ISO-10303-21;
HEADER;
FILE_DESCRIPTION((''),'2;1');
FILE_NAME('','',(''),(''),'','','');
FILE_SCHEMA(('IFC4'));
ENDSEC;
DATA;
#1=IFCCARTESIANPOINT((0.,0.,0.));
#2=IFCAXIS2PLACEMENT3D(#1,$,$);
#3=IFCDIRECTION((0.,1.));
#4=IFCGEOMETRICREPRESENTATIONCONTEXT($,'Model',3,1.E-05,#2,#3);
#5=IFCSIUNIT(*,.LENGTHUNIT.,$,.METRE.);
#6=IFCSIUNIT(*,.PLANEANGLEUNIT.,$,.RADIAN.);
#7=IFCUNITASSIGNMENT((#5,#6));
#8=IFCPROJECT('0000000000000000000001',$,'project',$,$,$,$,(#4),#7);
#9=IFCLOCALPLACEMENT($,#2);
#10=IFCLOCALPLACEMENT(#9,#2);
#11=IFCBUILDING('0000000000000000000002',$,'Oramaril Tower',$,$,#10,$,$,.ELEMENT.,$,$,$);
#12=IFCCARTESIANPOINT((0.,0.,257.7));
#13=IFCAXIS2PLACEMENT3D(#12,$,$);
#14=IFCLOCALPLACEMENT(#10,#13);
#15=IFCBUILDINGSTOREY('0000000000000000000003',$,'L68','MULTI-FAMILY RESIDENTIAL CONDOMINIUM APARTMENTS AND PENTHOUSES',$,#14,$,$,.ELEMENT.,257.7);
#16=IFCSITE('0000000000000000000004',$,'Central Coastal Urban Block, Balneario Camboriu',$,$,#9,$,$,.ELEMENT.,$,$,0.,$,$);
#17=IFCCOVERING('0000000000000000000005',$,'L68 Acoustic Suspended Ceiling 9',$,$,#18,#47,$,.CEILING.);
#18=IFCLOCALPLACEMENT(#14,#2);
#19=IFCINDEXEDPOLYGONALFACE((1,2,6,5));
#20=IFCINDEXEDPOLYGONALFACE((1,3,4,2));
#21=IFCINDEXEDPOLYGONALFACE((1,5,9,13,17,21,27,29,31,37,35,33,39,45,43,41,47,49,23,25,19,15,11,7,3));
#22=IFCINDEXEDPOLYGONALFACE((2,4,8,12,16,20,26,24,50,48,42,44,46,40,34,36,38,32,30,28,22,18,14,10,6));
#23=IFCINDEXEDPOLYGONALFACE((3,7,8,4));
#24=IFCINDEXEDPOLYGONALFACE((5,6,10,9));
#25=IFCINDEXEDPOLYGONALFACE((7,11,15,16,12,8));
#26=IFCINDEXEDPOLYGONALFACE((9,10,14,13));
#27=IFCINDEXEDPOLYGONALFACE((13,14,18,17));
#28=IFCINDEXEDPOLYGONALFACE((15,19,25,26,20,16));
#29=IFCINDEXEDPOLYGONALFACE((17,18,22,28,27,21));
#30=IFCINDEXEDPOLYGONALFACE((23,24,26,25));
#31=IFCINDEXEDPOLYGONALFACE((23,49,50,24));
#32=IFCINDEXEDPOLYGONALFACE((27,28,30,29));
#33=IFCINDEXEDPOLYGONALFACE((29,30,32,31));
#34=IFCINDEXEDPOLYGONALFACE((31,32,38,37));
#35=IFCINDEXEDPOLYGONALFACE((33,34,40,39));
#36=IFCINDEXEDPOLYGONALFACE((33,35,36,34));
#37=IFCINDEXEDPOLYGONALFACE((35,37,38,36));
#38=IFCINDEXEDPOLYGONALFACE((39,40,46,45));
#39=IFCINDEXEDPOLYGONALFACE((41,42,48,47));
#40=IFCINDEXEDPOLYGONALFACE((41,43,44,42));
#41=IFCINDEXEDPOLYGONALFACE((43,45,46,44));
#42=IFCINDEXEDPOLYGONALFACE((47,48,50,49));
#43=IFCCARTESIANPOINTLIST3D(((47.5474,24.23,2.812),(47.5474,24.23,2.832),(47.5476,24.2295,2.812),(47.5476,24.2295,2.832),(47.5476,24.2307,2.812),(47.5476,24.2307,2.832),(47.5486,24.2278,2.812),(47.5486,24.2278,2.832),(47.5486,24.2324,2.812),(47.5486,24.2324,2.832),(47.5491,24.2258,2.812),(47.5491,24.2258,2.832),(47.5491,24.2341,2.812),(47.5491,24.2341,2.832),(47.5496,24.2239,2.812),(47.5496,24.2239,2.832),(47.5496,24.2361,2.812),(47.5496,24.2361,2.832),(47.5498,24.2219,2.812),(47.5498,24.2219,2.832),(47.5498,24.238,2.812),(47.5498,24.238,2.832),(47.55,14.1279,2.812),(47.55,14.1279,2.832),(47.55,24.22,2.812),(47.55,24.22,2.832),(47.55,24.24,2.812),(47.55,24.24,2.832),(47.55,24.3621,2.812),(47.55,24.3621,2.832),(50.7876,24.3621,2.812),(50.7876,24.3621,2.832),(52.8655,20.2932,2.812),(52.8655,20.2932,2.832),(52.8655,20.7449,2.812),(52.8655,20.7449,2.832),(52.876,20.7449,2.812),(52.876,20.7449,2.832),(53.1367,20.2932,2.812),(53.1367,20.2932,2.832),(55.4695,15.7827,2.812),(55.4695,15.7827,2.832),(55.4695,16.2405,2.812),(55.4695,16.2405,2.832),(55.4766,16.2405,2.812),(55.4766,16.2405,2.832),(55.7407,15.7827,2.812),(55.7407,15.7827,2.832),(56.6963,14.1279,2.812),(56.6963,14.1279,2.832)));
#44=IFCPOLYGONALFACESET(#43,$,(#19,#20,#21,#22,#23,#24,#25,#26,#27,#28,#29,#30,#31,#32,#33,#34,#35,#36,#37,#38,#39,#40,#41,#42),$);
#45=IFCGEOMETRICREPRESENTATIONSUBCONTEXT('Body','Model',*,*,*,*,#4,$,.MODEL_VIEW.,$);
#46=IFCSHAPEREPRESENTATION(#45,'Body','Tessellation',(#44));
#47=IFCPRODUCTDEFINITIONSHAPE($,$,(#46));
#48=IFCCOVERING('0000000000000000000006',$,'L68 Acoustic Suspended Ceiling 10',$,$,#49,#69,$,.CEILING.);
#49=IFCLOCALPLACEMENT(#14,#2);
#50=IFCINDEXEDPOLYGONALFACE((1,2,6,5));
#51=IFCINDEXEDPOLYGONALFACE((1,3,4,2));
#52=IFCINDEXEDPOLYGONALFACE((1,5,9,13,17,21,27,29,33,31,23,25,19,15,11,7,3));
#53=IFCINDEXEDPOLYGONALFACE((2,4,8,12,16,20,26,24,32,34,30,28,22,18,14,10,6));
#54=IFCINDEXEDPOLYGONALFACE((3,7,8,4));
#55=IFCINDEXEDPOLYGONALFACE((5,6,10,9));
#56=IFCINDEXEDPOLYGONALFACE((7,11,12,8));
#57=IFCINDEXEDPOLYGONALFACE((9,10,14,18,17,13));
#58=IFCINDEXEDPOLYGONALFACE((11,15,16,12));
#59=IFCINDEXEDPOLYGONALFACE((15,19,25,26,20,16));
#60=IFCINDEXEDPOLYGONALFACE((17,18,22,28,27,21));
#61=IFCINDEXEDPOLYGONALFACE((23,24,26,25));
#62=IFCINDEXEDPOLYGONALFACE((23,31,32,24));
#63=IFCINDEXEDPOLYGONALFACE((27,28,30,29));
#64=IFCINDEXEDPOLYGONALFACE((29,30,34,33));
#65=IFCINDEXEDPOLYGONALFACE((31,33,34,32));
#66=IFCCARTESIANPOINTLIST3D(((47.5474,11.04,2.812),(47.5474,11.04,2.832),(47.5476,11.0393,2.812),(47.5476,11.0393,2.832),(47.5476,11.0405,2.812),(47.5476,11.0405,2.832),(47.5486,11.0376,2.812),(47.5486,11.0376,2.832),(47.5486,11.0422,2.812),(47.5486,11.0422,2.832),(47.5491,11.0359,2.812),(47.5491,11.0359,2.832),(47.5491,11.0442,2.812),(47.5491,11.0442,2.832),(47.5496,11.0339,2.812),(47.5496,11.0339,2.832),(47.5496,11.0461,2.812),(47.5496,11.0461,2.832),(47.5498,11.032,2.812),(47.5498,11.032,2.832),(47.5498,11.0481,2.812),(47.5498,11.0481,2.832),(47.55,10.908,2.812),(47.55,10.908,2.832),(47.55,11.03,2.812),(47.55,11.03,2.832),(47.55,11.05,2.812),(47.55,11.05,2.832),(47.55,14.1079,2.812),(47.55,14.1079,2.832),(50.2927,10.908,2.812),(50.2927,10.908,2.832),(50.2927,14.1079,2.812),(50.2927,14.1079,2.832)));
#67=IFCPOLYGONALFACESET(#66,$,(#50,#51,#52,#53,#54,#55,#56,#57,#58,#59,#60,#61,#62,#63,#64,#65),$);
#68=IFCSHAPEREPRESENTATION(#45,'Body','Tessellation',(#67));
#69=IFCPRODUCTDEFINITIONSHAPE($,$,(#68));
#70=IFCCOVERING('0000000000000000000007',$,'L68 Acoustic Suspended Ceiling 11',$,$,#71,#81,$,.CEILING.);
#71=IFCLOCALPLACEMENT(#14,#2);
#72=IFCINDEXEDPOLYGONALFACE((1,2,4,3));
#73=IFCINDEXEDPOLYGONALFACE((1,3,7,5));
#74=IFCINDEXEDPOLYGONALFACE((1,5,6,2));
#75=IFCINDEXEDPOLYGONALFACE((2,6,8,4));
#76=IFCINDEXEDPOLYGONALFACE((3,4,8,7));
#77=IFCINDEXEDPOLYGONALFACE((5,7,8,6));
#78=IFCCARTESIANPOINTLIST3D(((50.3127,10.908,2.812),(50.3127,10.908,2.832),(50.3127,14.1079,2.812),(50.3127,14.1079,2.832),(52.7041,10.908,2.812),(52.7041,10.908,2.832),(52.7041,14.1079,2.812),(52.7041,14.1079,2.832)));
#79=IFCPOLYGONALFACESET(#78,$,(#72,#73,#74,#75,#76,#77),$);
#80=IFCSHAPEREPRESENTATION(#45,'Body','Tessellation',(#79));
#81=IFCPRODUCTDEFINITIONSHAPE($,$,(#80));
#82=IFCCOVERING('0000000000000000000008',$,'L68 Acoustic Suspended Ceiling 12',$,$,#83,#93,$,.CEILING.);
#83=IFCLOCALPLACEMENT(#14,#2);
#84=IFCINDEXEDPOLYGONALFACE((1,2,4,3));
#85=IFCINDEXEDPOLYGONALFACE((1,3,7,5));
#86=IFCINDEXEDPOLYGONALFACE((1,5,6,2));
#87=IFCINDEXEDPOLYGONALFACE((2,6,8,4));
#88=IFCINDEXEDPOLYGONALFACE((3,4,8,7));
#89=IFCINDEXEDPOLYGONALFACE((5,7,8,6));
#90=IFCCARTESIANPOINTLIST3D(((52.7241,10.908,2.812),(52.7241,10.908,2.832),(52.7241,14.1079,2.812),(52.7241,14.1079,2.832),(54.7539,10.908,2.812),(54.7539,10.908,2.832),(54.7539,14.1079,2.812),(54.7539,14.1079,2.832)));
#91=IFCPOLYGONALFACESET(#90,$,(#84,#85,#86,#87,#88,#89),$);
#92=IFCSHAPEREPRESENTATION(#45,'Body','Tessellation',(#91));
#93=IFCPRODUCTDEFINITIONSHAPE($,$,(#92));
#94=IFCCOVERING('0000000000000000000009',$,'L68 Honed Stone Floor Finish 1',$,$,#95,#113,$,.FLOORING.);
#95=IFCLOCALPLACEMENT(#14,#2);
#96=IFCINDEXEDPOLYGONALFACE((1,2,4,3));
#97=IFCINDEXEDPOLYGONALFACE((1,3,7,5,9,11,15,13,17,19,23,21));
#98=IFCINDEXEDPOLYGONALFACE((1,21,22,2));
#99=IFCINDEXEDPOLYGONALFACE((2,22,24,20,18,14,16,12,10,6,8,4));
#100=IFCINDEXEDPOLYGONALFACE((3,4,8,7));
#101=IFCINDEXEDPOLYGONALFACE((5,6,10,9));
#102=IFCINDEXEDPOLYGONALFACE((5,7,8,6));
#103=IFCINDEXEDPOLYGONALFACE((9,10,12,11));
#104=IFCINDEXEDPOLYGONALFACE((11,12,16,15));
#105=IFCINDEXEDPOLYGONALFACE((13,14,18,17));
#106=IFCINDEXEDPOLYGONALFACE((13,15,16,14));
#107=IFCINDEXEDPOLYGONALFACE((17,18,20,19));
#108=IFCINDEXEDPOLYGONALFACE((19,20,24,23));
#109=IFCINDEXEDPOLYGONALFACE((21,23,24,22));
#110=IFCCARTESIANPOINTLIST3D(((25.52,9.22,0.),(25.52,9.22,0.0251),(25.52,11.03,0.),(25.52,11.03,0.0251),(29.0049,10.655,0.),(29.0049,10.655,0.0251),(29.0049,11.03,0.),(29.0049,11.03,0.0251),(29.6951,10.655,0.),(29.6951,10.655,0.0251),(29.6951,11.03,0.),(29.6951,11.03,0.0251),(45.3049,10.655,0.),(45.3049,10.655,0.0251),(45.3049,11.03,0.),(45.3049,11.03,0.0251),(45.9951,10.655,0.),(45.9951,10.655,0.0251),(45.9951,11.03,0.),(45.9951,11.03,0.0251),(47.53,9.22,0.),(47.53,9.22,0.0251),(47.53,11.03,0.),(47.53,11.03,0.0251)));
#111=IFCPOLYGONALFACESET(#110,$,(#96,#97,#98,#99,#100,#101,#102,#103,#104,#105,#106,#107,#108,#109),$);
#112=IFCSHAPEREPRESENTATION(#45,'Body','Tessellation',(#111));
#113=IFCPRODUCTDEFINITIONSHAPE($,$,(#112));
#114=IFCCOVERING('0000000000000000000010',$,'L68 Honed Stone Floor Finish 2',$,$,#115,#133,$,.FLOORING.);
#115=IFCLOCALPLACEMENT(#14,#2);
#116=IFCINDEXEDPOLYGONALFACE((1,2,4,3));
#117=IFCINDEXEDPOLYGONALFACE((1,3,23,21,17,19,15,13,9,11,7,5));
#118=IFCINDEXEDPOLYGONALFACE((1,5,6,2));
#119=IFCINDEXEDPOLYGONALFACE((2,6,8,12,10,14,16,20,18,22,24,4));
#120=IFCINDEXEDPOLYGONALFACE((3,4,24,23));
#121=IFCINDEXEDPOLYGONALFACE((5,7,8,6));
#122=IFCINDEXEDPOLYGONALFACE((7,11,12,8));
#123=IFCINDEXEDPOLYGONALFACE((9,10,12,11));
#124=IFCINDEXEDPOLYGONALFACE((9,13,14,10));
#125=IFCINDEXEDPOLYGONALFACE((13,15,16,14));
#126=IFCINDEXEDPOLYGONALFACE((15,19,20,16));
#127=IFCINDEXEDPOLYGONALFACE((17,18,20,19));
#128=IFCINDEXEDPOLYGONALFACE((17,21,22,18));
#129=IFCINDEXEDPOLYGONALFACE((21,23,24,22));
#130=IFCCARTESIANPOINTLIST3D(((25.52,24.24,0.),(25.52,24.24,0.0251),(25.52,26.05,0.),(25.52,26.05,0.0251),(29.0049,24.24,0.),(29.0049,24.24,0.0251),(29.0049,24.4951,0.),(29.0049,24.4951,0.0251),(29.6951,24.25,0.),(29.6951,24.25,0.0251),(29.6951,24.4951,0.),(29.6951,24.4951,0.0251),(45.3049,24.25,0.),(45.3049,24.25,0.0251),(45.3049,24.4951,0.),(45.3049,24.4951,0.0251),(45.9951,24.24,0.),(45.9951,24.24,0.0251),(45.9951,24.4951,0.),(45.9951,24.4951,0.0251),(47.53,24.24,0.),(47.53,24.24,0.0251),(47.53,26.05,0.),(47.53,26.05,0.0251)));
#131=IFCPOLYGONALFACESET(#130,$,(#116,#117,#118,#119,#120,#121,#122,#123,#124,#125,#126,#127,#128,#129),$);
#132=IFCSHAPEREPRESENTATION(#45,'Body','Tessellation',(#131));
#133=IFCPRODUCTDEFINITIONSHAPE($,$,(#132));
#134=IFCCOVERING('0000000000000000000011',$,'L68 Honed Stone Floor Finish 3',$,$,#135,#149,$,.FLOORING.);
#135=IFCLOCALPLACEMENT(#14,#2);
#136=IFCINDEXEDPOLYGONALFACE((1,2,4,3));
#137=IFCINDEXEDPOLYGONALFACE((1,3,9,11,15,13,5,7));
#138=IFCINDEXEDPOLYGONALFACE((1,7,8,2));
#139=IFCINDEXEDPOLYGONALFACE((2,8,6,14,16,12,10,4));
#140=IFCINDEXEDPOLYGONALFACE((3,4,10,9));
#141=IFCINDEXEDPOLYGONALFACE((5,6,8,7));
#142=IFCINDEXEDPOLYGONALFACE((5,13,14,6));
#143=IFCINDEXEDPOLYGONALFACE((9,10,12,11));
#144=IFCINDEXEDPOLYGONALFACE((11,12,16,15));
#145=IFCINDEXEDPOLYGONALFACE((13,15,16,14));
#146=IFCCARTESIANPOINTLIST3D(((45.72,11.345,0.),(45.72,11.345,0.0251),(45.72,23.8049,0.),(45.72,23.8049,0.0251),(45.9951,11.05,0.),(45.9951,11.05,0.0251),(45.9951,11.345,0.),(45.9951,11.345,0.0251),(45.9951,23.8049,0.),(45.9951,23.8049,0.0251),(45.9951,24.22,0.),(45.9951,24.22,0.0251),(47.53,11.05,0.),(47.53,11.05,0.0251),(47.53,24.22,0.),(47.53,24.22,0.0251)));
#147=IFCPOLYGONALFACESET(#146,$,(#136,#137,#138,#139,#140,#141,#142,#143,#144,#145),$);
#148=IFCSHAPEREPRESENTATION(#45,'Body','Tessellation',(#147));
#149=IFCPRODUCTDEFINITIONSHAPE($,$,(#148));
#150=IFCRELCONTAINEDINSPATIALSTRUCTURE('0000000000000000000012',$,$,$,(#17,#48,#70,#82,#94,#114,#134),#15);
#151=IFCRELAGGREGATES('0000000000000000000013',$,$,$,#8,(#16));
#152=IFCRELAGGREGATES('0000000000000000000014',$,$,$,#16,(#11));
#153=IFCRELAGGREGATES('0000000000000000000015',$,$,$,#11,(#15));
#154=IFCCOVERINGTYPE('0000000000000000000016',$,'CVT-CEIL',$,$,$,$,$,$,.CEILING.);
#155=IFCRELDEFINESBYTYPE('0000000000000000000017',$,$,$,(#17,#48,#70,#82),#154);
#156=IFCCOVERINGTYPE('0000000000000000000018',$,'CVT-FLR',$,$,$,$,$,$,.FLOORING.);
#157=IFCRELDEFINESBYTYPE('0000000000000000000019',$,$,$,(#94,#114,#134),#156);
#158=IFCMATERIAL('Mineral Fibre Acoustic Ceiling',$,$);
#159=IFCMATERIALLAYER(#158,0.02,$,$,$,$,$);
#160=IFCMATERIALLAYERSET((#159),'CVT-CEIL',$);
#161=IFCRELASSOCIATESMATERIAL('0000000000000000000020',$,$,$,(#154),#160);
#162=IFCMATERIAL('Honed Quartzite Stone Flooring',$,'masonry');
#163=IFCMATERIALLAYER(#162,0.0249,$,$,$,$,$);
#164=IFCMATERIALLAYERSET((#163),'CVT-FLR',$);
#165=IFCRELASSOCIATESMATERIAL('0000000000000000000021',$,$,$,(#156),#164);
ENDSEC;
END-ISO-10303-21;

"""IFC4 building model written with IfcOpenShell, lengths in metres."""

from ifc_helpers import new_model, si_unit, direction, frame, origin, place, context, subcontext, project, spatial, polyline, outline, extrude, material, layer, layer_set, type_object, element, save


model = new_model("IFC4")

# Units and contexts
model_context = context("Model", 3, precision=1e-05, world=origin(), true_north=direction((0.0, 1.0)))
body_context = subcontext(model_context, "Body", "Model", "MODEL_VIEW")
ifc_project = project(units=[si_unit("LENGTHUNIT", "METRE"), si_unit("PLANEANGLEUNIT", "RADIAN")], contexts=[model_context])

# Site, building, storey
site_placement = place(None, origin())
site = spatial("IfcSite", under=ifc_project, at=site_placement, Name="Central Coastal Urban Block, Balneario Camboriu", CompositionType="ELEMENT", RefElevation=0.0)
building_placement = place(site_placement, origin())
building = spatial("IfcBuilding", under=site, at=building_placement, Name="Oramaril Tower", CompositionType="ELEMENT")
storey_placement = place(building_placement, frame((0.0, 0.0, 257.7)))
storey = spatial("IfcBuildingStorey", under=building, at=storey_placement, Name="L68", Description="MULTI-FAMILY RESIDENTIAL CONDOMINIUM APARTMENTS AND PENTHOUSES", CompositionType="ELEMENT", Elevation=257.7)

# Coverings
ifc_material_1 = material(Name="Mineral Fibre Acoustic Ceiling")
ifc_layer_1 = layer(ifc_material_1, 0.02)
ifc_layer_set_1 = layer_set([ifc_layer_1], Name="CVT-CEIL")
covering_type_1 = type_object("IfcCoveringType", Name="CVT-CEIL", PredefinedType="CEILING", material=ifc_layer_set_1)
covering_1_placement = place(storey_placement, frame((0.0, 0.0, 2.812)))
element("IfcCovering", 1, at=covering_1_placement, inside=storey, type_object=covering_type_1, Name="L68 Acoustic Suspended Ceiling 9", PredefinedType="CEILING", context=body_context, shape_type="SweptSolid", body=[
    extrude(outline(polyline([(52.876, 20.7449), (52.8655, 20.7449), (52.8655, 20.2932), (53.1367, 20.2932), (55.4766, 16.2405), (55.4695, 16.2405), (55.4695, 15.7827), (55.7407, 15.7827), (56.6963, 14.1279), (47.55, 14.1279), (47.55, 24.22), (47.5498, 24.2219), (47.5496, 24.2239), (47.5491, 24.2258), (47.5486, 24.2278), (47.5476, 24.2295), (47.5474, 24.23), (47.5476, 24.2307), (47.5486, 24.2324), (47.5491, 24.2341), (47.5496, 24.2361), (47.5498, 24.238), (47.55, 24.24), (47.55, 24.3621), (50.7876, 24.3621), (52.876, 20.7449)])), origin(), (0.0, 0.0, 1.0), 0.02),
])
covering_2_placement = place(storey_placement, frame((0.0, 0.0, 2.812)))
element("IfcCovering", 2, at=covering_2_placement, inside=storey, type_object=covering_type_1, Name="L68 Acoustic Suspended Ceiling 10", PredefinedType="CEILING", context=body_context, shape_type="SweptSolid", body=[
    extrude(outline(polyline([(50.2927, 10.908), (47.55, 10.908), (47.55, 11.03), (47.5498, 11.032), (47.5496, 11.0339), (47.5491, 11.0359), (47.5486, 11.0376), (47.5476, 11.0393), (47.5474, 11.04), (47.5476, 11.0405), (47.5486, 11.0422), (47.5491, 11.0442), (47.5496, 11.0461), (47.5498, 11.0481), (47.55, 11.05), (47.55, 14.1079), (50.2927, 14.1079), (50.2927, 10.908)])), origin(), (0.0, 0.0, 1.0), 0.02),
])
covering_3_placement = place(storey_placement, frame((0.0, 0.0, 2.812)))
element("IfcCovering", 3, at=covering_3_placement, inside=storey, type_object=covering_type_1, Name="L68 Acoustic Suspended Ceiling 11", PredefinedType="CEILING", context=body_context, shape_type="SweptSolid", body=[
    extrude(outline(polyline([(50.3127, 10.908), (50.3127, 14.1079), (52.7041, 14.1079), (52.7041, 10.908), (50.3127, 10.908)])), origin(), (0.0, 0.0, 1.0), 0.02),
])
covering_4_placement = place(storey_placement, frame((0.0, 0.0, 2.812)))
element("IfcCovering", 4, at=covering_4_placement, inside=storey, type_object=covering_type_1, Name="L68 Acoustic Suspended Ceiling 12", PredefinedType="CEILING", context=body_context, shape_type="SweptSolid", body=[
    extrude(outline(polyline([(52.7241, 10.908), (52.7241, 14.1079), (54.7539, 14.1079), (54.7539, 10.908), (52.7241, 10.908)])), origin(), (0.0, 0.0, 1.0), 0.02),
])
ifc_material_2 = material(Name="Honed Quartzite Stone Flooring", Category="masonry")
ifc_layer_2 = layer(ifc_material_2, 0.0249)
ifc_layer_set_2 = layer_set([ifc_layer_2], Name="CVT-FLR")
covering_type_2 = type_object("IfcCoveringType", Name="CVT-FLR", PredefinedType="FLOORING", material=ifc_layer_set_2)
covering_5_placement = place(storey_placement, origin())
element("IfcCovering", 5, at=covering_5_placement, inside=storey, type_object=covering_type_2, Name="L68 Honed Stone Floor Finish 1", PredefinedType="FLOORING", context=body_context, shape_type="SweptSolid", body=[
    extrude(outline(polyline([(29.0049, 10.655), (29.6951, 10.655), (29.6951, 11.03), (45.3049, 11.03), (45.3049, 10.655), (45.9951, 10.655), (45.9951, 11.03), (47.53, 11.03), (47.53, 9.22), (25.52, 9.22), (25.52, 11.03), (29.0049, 11.03), (29.0049, 10.655)])), origin(), (0.0, 0.0, 1.0), 0.0251),
])
covering_6_placement = place(storey_placement, origin())
element("IfcCovering", 6, at=covering_6_placement, inside=storey, type_object=covering_type_2, Name="L68 Honed Stone Floor Finish 2", PredefinedType="FLOORING", context=body_context, shape_type="SweptSolid", body=[
    extrude(outline(polyline([(47.53, 24.24), (45.9951, 24.24), (45.9951, 24.4951), (45.3049, 24.4951), (45.3049, 24.25), (29.6951, 24.25), (29.6951, 24.4951), (29.0049, 24.4951), (29.0049, 24.24), (25.52, 24.24), (25.52, 26.05), (47.53, 26.05), (47.53, 24.24)])), origin(), (0.0, 0.0, 1.0), 0.0251),
])
covering_7_placement = place(storey_placement, origin())
element("IfcCovering", 7, at=covering_7_placement, inside=storey, type_object=covering_type_2, Name="L68 Honed Stone Floor Finish 3", PredefinedType="FLOORING", context=body_context, shape_type="SweptSolid", body=[
    extrude(outline(polyline([(47.53, 11.05), (45.9951, 11.05), (45.9951, 11.345), (45.72, 11.345), (45.72, 23.8049), (45.9951, 23.8049), (45.9951, 24.22), (47.53, 24.22), (47.53, 11.05)])), origin(), (0.0, 0.0, 1.0), 0.0251),
])

save(model, "model.ifc")
